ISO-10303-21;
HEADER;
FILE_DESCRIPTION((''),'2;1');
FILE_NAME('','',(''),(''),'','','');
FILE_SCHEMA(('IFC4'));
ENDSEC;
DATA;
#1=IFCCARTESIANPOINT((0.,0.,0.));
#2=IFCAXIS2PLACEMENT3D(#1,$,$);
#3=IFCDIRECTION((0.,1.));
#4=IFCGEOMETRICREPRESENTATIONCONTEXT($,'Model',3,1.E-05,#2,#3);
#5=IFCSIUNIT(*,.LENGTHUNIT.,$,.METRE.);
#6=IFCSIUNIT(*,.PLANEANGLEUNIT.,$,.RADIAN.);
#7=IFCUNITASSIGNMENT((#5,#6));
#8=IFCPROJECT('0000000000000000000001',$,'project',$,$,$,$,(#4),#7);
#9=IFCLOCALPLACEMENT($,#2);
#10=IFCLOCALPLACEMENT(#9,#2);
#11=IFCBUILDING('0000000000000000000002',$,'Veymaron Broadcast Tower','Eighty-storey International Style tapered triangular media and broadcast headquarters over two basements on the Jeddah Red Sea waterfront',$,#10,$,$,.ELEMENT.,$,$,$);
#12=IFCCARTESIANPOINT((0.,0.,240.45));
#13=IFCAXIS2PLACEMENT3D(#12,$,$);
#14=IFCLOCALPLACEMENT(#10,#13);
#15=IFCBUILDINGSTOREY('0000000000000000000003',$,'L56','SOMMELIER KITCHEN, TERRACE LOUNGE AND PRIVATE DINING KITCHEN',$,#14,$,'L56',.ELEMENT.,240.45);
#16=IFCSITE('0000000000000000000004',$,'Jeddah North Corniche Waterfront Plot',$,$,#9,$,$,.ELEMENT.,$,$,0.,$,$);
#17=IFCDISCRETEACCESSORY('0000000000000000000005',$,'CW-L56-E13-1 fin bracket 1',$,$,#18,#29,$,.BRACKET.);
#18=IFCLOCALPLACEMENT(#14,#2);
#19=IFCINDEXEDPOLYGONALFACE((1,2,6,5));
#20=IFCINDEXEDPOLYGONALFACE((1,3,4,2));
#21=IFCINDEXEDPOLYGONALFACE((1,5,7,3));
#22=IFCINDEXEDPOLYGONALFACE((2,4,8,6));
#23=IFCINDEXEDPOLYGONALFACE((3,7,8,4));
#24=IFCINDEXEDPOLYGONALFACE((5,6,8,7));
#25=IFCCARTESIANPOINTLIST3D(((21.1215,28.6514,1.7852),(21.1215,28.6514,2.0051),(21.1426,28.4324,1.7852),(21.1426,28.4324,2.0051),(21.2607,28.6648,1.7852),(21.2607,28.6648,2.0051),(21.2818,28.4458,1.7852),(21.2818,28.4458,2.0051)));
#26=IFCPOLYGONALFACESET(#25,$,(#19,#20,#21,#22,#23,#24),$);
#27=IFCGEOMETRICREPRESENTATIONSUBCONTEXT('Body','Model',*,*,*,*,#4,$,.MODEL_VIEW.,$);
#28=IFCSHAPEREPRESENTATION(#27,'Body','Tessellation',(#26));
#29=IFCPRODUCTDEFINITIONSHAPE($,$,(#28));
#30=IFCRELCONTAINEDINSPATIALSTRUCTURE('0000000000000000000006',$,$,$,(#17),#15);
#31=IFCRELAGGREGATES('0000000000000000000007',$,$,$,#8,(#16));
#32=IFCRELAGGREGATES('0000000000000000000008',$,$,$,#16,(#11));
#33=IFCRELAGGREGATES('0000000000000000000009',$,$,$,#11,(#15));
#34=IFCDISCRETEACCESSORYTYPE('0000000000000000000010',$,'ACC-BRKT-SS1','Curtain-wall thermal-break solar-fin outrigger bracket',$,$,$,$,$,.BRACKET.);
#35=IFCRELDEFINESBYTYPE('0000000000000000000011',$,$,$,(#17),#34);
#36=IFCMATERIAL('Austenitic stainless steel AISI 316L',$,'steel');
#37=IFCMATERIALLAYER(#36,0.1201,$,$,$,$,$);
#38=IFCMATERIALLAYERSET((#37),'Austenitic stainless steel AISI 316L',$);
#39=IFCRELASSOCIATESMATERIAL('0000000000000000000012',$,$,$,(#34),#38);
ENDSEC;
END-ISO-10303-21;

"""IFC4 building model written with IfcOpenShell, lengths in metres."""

from ifc_helpers import new_model, si_unit, direction, frame, origin, origin_2d, place, context, subcontext, project, spatial, rectangle, extrude, material, layer, layer_set, type_object, element, save


model = new_model("IFC4")

# Units and contexts
model_context = context("Model", 3, precision=1e-05, world=origin(), true_north=direction((0.0, 1.0)))
body_context = subcontext(model_context, "Body", "Model", "MODEL_VIEW")
ifc_project = project(units=[si_unit("LENGTHUNIT", "METRE"), si_unit("PLANEANGLEUNIT", "RADIAN")], contexts=[model_context])

# Site, building, storey
site_placement = place(None, origin())
site = spatial("IfcSite", under=ifc_project, at=site_placement, Name="Jeddah North Corniche Waterfront Plot", CompositionType="ELEMENT", RefElevation=0.0)
building_placement = place(site_placement, origin())
building = spatial("IfcBuilding", under=site, at=building_placement, Name="Veymaron Broadcast Tower", Description="Eighty-storey International Style tapered triangular media and broadcast headquarters over two basements on the Jeddah Red Sea waterfront", CompositionType="ELEMENT")
storey_placement = place(building_placement, frame((0.0, 0.0, 240.45)))
storey = spatial("IfcBuildingStorey", under=building, at=storey_placement, Name="L56", Description="SOMMELIER KITCHEN, TERRACE LOUNGE AND PRIVATE DINING KITCHEN", LongName="L56", CompositionType="ELEMENT", Elevation=240.45)

# Discrete accessory
ifc_material_1 = material(Name="Austenitic stainless steel AISI 316L", Category="steel")
ifc_layer_1 = layer(ifc_material_1, 0.1201)
ifc_layer_set_1 = layer_set([ifc_layer_1], Name="Austenitic stainless steel AISI 316L")
discrete_accessory_type = type_object("IfcDiscreteAccessoryType", Name="ACC-BRKT-SS1", Description="Curtain-wall thermal-break solar-fin outrigger bracket", PredefinedType="BRACKET", material=ifc_layer_set_1)
discrete_accessory_placement = place(storey_placement, frame((21.2017, 28.5486, 1.7852), z_axis=(0.0, 0.0, 1.0), x_axis=(-0.095811, 0.9954, 0.0)))
element("IfcDiscreteAccessory", 1, at=discrete_accessory_placement, inside=storey, type_object=discrete_accessory_type, Name="CW-L56-E13-1 fin bracket 1", PredefinedType="BRACKET", context=body_context, shape_type="SweptSolid", body=[
    extrude(rectangle(XDim=0.22, YDim=0.1399, at=origin_2d()), origin(), (0.0, 0.0, 1.0), 0.22),
])

save(model, "model.ifc")
